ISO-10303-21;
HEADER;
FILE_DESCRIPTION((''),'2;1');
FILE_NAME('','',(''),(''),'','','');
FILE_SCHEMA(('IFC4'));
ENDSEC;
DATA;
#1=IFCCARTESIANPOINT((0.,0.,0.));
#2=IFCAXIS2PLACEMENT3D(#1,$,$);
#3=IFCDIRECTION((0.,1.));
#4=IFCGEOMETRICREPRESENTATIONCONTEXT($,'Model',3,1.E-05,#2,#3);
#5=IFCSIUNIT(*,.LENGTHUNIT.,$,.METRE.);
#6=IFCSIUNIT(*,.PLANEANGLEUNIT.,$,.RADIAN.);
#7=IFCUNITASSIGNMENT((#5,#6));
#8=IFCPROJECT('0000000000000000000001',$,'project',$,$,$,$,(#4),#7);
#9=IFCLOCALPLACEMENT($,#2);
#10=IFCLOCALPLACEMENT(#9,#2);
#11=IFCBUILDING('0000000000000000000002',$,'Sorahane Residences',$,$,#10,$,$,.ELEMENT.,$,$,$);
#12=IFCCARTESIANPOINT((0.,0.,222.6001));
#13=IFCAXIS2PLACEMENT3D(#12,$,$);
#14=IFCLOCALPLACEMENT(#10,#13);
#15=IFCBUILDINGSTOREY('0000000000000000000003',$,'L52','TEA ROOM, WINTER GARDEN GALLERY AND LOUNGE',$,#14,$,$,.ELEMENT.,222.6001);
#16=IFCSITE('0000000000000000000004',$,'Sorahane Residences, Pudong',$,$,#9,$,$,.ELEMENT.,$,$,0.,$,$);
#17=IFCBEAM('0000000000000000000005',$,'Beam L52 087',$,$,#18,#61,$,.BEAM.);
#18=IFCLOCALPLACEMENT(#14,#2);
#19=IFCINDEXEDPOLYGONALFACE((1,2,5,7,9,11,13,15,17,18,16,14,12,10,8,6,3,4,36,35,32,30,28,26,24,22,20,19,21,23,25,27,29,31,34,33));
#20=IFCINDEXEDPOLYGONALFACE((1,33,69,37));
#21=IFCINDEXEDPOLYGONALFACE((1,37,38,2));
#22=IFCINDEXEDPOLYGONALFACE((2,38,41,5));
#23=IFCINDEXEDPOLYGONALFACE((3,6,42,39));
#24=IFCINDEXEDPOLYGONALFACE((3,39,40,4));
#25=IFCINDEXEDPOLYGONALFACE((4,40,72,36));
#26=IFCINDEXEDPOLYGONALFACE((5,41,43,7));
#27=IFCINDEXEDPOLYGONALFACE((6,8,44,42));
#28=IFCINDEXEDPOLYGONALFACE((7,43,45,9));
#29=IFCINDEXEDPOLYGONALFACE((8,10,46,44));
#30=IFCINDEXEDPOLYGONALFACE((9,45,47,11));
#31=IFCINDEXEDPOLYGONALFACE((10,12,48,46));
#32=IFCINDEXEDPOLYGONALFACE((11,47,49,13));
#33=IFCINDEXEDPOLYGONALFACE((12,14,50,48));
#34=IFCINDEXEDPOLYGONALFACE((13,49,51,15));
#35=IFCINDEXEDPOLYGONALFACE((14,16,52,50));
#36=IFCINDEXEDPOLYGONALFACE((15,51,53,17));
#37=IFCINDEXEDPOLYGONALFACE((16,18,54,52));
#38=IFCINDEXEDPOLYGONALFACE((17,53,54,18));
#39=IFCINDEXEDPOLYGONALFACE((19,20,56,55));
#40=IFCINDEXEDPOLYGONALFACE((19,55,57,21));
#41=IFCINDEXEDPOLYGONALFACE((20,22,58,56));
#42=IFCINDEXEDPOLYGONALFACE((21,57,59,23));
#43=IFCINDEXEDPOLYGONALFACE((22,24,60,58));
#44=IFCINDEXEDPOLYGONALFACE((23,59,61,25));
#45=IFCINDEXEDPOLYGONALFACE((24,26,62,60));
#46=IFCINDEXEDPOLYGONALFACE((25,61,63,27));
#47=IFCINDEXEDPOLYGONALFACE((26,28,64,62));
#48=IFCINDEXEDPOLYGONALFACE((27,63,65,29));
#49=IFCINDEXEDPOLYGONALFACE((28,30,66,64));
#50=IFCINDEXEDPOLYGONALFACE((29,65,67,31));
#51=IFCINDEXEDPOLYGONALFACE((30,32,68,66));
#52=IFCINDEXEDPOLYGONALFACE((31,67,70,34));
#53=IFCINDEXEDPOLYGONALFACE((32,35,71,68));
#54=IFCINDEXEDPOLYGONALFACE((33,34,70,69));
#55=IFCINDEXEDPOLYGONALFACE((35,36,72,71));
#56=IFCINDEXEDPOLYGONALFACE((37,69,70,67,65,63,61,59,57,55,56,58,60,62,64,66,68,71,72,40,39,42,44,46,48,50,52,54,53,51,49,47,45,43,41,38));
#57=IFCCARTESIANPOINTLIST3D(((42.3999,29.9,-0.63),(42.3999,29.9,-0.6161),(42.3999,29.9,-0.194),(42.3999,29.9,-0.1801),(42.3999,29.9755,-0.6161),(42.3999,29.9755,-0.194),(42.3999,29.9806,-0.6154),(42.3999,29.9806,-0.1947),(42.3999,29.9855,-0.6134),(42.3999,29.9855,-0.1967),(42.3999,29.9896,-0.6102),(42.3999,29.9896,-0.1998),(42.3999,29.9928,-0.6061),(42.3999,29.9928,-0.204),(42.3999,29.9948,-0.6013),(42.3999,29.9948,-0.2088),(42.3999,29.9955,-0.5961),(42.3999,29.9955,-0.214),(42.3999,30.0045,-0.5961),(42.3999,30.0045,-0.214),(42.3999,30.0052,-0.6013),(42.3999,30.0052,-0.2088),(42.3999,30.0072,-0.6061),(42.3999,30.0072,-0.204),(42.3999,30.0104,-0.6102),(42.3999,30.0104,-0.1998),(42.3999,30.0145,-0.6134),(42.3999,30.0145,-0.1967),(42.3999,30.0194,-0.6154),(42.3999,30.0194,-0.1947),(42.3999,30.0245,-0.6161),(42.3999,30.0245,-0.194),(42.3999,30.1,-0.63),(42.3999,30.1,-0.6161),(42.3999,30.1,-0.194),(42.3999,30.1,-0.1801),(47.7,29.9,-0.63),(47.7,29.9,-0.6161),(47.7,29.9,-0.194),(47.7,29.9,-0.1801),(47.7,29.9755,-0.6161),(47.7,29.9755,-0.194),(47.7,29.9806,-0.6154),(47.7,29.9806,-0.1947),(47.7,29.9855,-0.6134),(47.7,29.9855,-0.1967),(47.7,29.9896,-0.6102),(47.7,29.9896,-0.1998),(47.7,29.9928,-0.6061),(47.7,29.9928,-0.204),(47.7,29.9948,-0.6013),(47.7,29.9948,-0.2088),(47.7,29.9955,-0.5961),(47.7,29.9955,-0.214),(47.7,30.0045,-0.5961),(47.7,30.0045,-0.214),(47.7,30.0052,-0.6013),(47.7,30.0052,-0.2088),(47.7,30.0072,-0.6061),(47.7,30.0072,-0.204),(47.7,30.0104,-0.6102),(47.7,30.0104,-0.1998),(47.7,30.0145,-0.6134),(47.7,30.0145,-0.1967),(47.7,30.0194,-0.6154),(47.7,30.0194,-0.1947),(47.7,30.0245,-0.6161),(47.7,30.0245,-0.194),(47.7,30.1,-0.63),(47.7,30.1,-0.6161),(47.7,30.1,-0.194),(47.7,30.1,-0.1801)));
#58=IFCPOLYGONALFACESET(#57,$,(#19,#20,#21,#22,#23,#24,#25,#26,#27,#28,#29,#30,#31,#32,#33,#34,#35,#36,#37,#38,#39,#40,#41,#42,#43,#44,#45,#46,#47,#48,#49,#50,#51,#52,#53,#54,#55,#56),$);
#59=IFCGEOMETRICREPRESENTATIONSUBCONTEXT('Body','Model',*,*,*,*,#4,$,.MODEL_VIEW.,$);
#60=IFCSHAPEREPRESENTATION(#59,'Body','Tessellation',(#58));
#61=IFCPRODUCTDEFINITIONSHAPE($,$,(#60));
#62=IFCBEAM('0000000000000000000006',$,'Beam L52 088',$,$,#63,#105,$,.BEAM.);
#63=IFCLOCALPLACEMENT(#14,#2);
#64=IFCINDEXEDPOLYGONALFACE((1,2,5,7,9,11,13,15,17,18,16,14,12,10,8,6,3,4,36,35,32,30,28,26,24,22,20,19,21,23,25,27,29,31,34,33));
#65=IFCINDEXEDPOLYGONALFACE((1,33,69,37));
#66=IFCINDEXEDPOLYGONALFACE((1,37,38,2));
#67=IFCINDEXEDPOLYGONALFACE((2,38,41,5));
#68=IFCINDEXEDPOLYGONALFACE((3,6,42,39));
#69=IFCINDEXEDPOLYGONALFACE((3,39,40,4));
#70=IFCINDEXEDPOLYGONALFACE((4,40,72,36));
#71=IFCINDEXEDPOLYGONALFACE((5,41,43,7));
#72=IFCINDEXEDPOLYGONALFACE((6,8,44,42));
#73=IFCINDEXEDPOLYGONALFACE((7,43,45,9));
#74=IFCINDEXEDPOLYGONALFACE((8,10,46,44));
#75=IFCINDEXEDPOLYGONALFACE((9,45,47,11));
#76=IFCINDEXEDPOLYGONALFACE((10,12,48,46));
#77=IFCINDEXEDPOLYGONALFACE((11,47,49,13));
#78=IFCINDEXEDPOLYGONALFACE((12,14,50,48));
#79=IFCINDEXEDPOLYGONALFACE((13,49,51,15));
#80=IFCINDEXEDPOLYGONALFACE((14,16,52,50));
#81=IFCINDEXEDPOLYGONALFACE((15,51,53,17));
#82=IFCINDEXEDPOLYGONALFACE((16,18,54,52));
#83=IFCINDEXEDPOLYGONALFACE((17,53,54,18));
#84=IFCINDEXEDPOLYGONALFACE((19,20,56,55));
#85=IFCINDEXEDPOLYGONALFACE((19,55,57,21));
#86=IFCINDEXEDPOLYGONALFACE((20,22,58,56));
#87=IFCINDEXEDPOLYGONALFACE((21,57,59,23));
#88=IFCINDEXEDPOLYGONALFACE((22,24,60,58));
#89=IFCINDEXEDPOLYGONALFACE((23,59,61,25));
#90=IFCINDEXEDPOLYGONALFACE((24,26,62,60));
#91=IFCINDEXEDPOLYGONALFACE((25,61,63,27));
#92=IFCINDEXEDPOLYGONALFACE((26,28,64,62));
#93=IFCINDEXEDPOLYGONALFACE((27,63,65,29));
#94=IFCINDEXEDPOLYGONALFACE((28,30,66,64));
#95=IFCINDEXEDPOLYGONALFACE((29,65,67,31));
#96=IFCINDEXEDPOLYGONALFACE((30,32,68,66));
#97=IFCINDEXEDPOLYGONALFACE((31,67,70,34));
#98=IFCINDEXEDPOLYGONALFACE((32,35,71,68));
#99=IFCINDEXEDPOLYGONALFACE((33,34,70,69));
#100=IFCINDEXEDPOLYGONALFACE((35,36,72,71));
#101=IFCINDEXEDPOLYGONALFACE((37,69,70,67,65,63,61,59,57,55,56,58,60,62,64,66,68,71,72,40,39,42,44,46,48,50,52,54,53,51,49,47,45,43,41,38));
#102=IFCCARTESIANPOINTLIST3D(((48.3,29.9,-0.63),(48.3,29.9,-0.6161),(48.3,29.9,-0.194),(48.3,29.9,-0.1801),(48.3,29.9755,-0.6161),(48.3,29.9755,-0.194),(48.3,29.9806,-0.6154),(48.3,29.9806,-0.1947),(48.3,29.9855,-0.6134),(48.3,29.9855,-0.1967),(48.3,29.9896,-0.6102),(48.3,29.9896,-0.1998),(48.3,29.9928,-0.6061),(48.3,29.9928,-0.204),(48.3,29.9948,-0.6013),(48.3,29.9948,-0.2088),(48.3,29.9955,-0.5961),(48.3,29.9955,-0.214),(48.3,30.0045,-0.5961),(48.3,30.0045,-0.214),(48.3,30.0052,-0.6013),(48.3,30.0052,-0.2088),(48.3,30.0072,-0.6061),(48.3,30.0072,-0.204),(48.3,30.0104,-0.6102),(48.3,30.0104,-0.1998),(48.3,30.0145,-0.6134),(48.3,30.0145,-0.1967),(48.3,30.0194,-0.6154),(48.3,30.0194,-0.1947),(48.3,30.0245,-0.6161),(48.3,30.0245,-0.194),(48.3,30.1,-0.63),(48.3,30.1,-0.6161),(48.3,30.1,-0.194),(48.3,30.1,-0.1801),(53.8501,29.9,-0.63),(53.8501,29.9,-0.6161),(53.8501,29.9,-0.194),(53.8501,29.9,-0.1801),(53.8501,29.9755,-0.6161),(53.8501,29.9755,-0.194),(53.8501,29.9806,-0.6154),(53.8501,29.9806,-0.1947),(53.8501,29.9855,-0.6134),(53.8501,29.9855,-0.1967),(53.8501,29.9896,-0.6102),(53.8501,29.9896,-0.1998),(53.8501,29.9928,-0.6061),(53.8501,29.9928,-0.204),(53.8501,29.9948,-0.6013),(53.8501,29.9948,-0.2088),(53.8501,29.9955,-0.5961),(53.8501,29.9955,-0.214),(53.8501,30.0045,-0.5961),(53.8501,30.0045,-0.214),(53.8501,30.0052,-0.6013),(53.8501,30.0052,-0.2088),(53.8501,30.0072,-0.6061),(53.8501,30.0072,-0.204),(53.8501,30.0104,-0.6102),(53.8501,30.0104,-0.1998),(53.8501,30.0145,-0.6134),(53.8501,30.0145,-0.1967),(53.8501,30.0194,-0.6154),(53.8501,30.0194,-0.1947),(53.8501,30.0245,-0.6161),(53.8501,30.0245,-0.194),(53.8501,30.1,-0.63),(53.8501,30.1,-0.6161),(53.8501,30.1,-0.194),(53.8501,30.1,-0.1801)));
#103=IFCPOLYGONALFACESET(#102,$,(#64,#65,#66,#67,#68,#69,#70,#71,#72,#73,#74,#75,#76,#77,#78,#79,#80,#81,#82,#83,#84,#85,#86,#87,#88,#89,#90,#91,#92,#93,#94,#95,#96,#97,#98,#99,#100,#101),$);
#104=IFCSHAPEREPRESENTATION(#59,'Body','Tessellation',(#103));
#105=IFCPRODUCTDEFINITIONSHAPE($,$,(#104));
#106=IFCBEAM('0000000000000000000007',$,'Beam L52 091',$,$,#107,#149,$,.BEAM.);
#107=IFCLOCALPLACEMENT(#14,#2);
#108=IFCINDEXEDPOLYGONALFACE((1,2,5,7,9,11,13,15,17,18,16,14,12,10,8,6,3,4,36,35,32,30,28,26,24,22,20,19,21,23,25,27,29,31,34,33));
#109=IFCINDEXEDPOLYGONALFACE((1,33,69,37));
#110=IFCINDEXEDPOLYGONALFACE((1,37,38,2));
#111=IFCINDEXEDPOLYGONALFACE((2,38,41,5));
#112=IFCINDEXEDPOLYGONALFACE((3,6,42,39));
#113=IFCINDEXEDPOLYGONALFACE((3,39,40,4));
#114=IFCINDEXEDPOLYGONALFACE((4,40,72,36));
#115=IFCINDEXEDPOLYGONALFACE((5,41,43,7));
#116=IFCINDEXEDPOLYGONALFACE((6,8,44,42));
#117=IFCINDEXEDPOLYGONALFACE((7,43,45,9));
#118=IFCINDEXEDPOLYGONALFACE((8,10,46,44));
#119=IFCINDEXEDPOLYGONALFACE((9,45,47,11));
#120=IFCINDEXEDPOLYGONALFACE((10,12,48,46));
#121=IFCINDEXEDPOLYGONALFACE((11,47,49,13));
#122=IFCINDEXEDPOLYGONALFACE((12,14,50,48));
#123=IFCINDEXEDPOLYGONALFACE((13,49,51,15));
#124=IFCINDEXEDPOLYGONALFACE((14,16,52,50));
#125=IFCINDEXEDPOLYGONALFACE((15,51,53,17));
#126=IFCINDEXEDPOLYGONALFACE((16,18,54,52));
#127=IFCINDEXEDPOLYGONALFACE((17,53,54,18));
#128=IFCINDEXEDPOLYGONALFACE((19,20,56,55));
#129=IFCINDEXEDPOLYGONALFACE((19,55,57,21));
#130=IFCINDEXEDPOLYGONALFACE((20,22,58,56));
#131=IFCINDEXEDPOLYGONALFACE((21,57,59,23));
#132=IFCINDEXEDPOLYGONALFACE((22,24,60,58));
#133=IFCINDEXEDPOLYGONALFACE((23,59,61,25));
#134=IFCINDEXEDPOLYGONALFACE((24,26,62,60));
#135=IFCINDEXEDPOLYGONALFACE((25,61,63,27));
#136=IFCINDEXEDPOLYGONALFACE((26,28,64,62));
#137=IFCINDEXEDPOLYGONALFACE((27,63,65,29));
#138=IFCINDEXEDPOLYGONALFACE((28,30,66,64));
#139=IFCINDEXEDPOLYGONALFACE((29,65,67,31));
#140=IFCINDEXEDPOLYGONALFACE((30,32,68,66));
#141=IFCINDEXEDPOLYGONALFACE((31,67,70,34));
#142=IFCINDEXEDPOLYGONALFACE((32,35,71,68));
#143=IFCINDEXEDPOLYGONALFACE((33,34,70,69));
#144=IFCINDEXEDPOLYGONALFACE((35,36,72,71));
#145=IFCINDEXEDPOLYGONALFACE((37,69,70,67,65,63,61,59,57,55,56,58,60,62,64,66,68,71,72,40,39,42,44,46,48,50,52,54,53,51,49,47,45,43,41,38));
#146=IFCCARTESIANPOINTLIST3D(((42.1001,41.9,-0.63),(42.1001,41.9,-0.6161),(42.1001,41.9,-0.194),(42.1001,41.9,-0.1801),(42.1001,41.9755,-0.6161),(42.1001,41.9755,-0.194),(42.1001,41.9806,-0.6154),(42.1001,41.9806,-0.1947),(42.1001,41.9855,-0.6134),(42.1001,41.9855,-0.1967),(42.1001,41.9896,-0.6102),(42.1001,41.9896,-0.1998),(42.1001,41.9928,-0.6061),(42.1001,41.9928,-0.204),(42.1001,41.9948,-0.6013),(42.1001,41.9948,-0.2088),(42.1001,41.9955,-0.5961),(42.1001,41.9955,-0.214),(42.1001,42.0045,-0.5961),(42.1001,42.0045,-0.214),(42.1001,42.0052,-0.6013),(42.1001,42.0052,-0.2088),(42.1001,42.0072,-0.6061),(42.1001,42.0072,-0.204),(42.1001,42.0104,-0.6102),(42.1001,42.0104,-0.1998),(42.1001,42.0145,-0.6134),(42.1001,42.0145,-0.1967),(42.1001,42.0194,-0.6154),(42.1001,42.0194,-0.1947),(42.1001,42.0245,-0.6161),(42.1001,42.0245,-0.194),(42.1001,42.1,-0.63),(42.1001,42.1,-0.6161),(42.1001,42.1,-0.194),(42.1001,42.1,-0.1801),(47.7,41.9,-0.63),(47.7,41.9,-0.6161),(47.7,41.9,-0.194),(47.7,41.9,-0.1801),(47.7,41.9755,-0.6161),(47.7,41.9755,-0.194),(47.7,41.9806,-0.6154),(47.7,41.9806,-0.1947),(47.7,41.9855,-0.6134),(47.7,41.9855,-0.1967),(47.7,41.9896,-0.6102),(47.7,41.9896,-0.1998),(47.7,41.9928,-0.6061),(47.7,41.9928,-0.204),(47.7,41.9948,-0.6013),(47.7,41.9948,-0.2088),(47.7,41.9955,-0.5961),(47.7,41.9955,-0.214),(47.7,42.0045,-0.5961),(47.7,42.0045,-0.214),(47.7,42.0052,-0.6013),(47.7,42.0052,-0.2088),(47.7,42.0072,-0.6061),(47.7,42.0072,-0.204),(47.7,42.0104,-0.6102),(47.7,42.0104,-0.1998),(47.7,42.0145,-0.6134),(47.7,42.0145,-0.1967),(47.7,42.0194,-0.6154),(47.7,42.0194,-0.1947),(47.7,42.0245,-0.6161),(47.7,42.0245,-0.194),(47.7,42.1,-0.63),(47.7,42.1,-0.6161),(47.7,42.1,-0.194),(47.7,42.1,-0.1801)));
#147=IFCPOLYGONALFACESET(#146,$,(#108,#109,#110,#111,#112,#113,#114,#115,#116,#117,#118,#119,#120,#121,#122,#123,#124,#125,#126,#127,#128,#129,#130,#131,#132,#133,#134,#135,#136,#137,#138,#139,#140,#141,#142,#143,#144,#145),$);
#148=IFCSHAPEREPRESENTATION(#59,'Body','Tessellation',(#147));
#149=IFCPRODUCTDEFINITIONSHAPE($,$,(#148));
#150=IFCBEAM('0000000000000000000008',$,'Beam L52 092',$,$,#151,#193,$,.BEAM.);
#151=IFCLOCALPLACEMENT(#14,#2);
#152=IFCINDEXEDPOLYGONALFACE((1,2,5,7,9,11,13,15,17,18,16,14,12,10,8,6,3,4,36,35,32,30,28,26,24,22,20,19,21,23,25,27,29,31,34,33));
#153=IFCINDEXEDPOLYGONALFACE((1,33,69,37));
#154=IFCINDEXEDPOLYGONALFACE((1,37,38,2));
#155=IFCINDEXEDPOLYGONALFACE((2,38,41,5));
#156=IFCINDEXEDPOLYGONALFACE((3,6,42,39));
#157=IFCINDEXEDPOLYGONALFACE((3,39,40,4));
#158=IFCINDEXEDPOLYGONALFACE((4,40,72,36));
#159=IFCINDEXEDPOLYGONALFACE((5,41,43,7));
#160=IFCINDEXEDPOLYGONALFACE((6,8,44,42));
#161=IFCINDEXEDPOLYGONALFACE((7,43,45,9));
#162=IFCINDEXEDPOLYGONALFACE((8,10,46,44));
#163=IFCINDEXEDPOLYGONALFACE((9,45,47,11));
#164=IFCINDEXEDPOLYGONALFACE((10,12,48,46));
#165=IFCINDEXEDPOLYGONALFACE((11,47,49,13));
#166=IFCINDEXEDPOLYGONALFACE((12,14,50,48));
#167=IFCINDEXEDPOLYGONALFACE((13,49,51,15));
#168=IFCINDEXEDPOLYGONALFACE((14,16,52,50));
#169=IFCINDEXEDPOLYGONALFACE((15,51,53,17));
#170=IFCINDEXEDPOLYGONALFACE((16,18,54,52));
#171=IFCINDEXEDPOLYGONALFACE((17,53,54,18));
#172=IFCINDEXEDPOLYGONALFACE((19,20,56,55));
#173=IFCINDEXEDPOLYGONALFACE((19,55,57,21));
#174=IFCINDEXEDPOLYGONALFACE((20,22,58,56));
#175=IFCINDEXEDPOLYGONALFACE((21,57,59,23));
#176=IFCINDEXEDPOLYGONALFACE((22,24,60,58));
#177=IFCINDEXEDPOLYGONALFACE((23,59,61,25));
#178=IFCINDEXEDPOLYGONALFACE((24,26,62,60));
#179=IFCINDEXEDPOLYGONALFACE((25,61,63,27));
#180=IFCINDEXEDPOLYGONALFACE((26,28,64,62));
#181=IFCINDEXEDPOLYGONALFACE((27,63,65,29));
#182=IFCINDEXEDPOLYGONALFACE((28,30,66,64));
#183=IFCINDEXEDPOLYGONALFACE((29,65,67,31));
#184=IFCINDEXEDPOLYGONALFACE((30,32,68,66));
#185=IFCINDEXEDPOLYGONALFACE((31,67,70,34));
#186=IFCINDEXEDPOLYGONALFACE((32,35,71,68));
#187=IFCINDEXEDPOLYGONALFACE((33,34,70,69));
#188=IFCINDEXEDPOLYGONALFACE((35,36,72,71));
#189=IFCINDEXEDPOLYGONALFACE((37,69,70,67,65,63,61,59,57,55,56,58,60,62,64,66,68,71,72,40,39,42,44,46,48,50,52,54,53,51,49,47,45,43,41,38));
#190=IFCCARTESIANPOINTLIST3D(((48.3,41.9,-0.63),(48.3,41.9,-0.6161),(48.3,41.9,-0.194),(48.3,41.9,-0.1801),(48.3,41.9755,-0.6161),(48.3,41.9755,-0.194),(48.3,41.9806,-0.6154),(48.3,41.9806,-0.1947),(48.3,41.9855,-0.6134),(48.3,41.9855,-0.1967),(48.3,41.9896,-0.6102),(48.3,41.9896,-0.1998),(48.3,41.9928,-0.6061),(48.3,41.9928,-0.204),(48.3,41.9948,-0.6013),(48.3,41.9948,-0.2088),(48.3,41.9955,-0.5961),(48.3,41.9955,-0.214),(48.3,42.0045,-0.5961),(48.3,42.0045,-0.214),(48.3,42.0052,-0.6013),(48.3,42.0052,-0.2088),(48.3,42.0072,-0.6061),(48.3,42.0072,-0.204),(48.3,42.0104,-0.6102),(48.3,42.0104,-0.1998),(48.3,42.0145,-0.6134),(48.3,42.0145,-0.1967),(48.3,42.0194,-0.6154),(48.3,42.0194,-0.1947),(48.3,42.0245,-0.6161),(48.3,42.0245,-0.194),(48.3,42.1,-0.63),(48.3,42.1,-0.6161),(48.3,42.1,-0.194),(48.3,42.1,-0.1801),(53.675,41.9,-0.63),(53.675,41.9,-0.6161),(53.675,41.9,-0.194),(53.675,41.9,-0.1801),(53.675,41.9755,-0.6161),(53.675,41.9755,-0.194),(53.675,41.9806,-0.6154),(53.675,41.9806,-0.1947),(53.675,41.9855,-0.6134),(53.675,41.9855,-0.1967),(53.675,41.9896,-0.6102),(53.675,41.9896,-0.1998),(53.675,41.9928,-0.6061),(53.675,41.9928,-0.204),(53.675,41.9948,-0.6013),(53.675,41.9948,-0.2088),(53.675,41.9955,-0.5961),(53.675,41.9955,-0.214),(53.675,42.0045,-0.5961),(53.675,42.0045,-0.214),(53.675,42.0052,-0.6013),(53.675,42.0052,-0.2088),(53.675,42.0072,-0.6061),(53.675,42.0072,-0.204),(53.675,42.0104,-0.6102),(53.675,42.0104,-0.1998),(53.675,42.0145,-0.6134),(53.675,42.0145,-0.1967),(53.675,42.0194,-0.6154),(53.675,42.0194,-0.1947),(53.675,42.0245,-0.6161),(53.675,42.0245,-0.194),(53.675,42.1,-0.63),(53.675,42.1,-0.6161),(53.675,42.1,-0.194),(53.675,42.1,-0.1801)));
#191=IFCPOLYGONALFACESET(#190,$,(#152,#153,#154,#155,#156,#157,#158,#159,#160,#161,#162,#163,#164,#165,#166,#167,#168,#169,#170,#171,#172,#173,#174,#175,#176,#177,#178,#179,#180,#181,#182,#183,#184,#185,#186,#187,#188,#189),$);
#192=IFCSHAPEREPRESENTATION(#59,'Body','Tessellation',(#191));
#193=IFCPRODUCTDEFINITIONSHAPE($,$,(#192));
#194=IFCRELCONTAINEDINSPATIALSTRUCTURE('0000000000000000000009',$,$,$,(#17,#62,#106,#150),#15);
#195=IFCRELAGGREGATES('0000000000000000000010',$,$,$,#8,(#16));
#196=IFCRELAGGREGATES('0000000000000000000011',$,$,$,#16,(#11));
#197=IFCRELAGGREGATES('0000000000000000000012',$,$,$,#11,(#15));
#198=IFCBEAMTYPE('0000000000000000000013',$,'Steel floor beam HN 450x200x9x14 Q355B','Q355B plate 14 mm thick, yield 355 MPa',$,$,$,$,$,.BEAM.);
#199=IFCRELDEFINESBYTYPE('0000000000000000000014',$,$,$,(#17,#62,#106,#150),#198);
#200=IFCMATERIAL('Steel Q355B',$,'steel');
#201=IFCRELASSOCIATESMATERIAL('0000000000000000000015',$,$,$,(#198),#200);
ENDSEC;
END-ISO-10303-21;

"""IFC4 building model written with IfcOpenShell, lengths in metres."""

from ifc_helpers import new_model, si_unit, direction, frame, origin, origin_2d, place, context, subcontext, project, spatial, i_section, extrude, material, material_profile, profile_set, type_object, element, save


model = new_model("IFC4")

# Units and contexts
model_context = context("Model", 3, precision=1e-05, world=origin(), true_north=direction((0.0, 1.0)))
body_context = subcontext(model_context, "Body", "Model", "MODEL_VIEW")
ifc_project = project(units=[si_unit("LENGTHUNIT", "METRE"), si_unit("PLANEANGLEUNIT", "RADIAN")], contexts=[model_context])

# Site, building, storey
site_placement = place(None, origin())
site = spatial("IfcSite", under=ifc_project, at=site_placement, Name="Sorahane Residences, Pudong", CompositionType="ELEMENT", RefElevation=0.0)
building_placement = place(site_placement, origin())
building = spatial("IfcBuilding", under=site, at=building_placement, Name="Sorahane Residences", CompositionType="ELEMENT")
storey_placement = place(building_placement, frame((0.0, 0.0, 222.6001)))
storey = spatial("IfcBuildingStorey", under=building, at=storey_placement, Name="L52", Description="TEA ROOM, WINTER GARDEN GALLERY AND LOUNGE", CompositionType="ELEMENT", Elevation=222.6001)

# Beams
ifc_material_1 = material(Name="Steel Q355B", Category="steel")
ifc_material_profile_1 = material_profile(ifc_material_1, i_section(OverallWidth=0.2, OverallDepth=0.45, WebThickness=0.009, FlangeThickness=0.0139, FilletRadius=0.02, at=origin_2d()), Name="HN 450x200x9x14")
ifc_profile_set_1 = profile_set([ifc_material_profile_1], Name="Steel Q355B")
beam_type_1 = type_object("IfcBeamType", Name="Steel floor beam HN 450x200x9x14 Q355B", Description="Q355B plate 14 mm thick, yield 355 MPa", PredefinedType="BEAM", material=ifc_profile_set_1)
beam_1_placement = place(storey_placement, frame((42.3999, 30.0, -0.405), z_axis=(1.0, 0.0, 0.0), x_axis=(0.0, 1.0, 0.0)))
element("IfcBeam", 1, at=beam_1_placement, inside=storey, type_object=beam_type_1, Name="Beam L52 087", PredefinedType="BEAM", context=body_context, shape_type="SweptSolid", body=[
    extrude(i_section(OverallWidth=0.2, OverallDepth=0.45, WebThickness=0.009, FlangeThickness=0.0139, FilletRadius=0.02, at=origin_2d()), origin(), (0.0, 0.0, 1.0), 5.3),
])
beam_2_placement = place(storey_placement, frame((48.3, 30.0, -0.405), z_axis=(1.0, 0.0, 0.0), x_axis=(0.0, 1.0, 0.0)))
element("IfcBeam", 2, at=beam_2_placement, inside=storey, type_object=beam_type_1, Name="Beam L52 088", PredefinedType="BEAM", context=body_context, shape_type="SweptSolid", body=[
    extrude(i_section(OverallWidth=0.2, OverallDepth=0.45, WebThickness=0.009, FlangeThickness=0.0139, FilletRadius=0.02, at=origin_2d()), origin(), (0.0, 0.0, 1.0), 5.55),
])
beam_3_placement = place(storey_placement, frame((42.1001, 42.0, -0.405), z_axis=(1.0, 0.0, 0.0), x_axis=(0.0, 1.0, 0.0)))
element("IfcBeam", 3, at=beam_3_placement, inside=storey, type_object=beam_type_1, Name="Beam L52 091", PredefinedType="BEAM", context=body_context, shape_type="SweptSolid", body=[
    extrude(i_section(OverallWidth=0.2, OverallDepth=0.45, WebThickness=0.009, FlangeThickness=0.0139, FilletRadius=0.02, at=origin_2d()), origin(), (0.0, 0.0, 1.0), 5.5999),
])
beam_4_placement = place(storey_placement, frame((48.3, 42.0, -0.405), z_axis=(1.0, 0.0, 0.0), x_axis=(0.0, 1.0, 0.0)))
element("IfcBeam", 4, at=beam_4_placement, inside=storey, type_object=beam_type_1, Name="Beam L52 092", PredefinedType="BEAM", context=body_context, shape_type="SweptSolid", body=[
    extrude(i_section(OverallWidth=0.2, OverallDepth=0.45, WebThickness=0.009, FlangeThickness=0.0139, FilletRadius=0.02, at=origin_2d()), origin(), (0.0, 0.0, 1.0), 5.375),
])

save(model, "model.ifc")
